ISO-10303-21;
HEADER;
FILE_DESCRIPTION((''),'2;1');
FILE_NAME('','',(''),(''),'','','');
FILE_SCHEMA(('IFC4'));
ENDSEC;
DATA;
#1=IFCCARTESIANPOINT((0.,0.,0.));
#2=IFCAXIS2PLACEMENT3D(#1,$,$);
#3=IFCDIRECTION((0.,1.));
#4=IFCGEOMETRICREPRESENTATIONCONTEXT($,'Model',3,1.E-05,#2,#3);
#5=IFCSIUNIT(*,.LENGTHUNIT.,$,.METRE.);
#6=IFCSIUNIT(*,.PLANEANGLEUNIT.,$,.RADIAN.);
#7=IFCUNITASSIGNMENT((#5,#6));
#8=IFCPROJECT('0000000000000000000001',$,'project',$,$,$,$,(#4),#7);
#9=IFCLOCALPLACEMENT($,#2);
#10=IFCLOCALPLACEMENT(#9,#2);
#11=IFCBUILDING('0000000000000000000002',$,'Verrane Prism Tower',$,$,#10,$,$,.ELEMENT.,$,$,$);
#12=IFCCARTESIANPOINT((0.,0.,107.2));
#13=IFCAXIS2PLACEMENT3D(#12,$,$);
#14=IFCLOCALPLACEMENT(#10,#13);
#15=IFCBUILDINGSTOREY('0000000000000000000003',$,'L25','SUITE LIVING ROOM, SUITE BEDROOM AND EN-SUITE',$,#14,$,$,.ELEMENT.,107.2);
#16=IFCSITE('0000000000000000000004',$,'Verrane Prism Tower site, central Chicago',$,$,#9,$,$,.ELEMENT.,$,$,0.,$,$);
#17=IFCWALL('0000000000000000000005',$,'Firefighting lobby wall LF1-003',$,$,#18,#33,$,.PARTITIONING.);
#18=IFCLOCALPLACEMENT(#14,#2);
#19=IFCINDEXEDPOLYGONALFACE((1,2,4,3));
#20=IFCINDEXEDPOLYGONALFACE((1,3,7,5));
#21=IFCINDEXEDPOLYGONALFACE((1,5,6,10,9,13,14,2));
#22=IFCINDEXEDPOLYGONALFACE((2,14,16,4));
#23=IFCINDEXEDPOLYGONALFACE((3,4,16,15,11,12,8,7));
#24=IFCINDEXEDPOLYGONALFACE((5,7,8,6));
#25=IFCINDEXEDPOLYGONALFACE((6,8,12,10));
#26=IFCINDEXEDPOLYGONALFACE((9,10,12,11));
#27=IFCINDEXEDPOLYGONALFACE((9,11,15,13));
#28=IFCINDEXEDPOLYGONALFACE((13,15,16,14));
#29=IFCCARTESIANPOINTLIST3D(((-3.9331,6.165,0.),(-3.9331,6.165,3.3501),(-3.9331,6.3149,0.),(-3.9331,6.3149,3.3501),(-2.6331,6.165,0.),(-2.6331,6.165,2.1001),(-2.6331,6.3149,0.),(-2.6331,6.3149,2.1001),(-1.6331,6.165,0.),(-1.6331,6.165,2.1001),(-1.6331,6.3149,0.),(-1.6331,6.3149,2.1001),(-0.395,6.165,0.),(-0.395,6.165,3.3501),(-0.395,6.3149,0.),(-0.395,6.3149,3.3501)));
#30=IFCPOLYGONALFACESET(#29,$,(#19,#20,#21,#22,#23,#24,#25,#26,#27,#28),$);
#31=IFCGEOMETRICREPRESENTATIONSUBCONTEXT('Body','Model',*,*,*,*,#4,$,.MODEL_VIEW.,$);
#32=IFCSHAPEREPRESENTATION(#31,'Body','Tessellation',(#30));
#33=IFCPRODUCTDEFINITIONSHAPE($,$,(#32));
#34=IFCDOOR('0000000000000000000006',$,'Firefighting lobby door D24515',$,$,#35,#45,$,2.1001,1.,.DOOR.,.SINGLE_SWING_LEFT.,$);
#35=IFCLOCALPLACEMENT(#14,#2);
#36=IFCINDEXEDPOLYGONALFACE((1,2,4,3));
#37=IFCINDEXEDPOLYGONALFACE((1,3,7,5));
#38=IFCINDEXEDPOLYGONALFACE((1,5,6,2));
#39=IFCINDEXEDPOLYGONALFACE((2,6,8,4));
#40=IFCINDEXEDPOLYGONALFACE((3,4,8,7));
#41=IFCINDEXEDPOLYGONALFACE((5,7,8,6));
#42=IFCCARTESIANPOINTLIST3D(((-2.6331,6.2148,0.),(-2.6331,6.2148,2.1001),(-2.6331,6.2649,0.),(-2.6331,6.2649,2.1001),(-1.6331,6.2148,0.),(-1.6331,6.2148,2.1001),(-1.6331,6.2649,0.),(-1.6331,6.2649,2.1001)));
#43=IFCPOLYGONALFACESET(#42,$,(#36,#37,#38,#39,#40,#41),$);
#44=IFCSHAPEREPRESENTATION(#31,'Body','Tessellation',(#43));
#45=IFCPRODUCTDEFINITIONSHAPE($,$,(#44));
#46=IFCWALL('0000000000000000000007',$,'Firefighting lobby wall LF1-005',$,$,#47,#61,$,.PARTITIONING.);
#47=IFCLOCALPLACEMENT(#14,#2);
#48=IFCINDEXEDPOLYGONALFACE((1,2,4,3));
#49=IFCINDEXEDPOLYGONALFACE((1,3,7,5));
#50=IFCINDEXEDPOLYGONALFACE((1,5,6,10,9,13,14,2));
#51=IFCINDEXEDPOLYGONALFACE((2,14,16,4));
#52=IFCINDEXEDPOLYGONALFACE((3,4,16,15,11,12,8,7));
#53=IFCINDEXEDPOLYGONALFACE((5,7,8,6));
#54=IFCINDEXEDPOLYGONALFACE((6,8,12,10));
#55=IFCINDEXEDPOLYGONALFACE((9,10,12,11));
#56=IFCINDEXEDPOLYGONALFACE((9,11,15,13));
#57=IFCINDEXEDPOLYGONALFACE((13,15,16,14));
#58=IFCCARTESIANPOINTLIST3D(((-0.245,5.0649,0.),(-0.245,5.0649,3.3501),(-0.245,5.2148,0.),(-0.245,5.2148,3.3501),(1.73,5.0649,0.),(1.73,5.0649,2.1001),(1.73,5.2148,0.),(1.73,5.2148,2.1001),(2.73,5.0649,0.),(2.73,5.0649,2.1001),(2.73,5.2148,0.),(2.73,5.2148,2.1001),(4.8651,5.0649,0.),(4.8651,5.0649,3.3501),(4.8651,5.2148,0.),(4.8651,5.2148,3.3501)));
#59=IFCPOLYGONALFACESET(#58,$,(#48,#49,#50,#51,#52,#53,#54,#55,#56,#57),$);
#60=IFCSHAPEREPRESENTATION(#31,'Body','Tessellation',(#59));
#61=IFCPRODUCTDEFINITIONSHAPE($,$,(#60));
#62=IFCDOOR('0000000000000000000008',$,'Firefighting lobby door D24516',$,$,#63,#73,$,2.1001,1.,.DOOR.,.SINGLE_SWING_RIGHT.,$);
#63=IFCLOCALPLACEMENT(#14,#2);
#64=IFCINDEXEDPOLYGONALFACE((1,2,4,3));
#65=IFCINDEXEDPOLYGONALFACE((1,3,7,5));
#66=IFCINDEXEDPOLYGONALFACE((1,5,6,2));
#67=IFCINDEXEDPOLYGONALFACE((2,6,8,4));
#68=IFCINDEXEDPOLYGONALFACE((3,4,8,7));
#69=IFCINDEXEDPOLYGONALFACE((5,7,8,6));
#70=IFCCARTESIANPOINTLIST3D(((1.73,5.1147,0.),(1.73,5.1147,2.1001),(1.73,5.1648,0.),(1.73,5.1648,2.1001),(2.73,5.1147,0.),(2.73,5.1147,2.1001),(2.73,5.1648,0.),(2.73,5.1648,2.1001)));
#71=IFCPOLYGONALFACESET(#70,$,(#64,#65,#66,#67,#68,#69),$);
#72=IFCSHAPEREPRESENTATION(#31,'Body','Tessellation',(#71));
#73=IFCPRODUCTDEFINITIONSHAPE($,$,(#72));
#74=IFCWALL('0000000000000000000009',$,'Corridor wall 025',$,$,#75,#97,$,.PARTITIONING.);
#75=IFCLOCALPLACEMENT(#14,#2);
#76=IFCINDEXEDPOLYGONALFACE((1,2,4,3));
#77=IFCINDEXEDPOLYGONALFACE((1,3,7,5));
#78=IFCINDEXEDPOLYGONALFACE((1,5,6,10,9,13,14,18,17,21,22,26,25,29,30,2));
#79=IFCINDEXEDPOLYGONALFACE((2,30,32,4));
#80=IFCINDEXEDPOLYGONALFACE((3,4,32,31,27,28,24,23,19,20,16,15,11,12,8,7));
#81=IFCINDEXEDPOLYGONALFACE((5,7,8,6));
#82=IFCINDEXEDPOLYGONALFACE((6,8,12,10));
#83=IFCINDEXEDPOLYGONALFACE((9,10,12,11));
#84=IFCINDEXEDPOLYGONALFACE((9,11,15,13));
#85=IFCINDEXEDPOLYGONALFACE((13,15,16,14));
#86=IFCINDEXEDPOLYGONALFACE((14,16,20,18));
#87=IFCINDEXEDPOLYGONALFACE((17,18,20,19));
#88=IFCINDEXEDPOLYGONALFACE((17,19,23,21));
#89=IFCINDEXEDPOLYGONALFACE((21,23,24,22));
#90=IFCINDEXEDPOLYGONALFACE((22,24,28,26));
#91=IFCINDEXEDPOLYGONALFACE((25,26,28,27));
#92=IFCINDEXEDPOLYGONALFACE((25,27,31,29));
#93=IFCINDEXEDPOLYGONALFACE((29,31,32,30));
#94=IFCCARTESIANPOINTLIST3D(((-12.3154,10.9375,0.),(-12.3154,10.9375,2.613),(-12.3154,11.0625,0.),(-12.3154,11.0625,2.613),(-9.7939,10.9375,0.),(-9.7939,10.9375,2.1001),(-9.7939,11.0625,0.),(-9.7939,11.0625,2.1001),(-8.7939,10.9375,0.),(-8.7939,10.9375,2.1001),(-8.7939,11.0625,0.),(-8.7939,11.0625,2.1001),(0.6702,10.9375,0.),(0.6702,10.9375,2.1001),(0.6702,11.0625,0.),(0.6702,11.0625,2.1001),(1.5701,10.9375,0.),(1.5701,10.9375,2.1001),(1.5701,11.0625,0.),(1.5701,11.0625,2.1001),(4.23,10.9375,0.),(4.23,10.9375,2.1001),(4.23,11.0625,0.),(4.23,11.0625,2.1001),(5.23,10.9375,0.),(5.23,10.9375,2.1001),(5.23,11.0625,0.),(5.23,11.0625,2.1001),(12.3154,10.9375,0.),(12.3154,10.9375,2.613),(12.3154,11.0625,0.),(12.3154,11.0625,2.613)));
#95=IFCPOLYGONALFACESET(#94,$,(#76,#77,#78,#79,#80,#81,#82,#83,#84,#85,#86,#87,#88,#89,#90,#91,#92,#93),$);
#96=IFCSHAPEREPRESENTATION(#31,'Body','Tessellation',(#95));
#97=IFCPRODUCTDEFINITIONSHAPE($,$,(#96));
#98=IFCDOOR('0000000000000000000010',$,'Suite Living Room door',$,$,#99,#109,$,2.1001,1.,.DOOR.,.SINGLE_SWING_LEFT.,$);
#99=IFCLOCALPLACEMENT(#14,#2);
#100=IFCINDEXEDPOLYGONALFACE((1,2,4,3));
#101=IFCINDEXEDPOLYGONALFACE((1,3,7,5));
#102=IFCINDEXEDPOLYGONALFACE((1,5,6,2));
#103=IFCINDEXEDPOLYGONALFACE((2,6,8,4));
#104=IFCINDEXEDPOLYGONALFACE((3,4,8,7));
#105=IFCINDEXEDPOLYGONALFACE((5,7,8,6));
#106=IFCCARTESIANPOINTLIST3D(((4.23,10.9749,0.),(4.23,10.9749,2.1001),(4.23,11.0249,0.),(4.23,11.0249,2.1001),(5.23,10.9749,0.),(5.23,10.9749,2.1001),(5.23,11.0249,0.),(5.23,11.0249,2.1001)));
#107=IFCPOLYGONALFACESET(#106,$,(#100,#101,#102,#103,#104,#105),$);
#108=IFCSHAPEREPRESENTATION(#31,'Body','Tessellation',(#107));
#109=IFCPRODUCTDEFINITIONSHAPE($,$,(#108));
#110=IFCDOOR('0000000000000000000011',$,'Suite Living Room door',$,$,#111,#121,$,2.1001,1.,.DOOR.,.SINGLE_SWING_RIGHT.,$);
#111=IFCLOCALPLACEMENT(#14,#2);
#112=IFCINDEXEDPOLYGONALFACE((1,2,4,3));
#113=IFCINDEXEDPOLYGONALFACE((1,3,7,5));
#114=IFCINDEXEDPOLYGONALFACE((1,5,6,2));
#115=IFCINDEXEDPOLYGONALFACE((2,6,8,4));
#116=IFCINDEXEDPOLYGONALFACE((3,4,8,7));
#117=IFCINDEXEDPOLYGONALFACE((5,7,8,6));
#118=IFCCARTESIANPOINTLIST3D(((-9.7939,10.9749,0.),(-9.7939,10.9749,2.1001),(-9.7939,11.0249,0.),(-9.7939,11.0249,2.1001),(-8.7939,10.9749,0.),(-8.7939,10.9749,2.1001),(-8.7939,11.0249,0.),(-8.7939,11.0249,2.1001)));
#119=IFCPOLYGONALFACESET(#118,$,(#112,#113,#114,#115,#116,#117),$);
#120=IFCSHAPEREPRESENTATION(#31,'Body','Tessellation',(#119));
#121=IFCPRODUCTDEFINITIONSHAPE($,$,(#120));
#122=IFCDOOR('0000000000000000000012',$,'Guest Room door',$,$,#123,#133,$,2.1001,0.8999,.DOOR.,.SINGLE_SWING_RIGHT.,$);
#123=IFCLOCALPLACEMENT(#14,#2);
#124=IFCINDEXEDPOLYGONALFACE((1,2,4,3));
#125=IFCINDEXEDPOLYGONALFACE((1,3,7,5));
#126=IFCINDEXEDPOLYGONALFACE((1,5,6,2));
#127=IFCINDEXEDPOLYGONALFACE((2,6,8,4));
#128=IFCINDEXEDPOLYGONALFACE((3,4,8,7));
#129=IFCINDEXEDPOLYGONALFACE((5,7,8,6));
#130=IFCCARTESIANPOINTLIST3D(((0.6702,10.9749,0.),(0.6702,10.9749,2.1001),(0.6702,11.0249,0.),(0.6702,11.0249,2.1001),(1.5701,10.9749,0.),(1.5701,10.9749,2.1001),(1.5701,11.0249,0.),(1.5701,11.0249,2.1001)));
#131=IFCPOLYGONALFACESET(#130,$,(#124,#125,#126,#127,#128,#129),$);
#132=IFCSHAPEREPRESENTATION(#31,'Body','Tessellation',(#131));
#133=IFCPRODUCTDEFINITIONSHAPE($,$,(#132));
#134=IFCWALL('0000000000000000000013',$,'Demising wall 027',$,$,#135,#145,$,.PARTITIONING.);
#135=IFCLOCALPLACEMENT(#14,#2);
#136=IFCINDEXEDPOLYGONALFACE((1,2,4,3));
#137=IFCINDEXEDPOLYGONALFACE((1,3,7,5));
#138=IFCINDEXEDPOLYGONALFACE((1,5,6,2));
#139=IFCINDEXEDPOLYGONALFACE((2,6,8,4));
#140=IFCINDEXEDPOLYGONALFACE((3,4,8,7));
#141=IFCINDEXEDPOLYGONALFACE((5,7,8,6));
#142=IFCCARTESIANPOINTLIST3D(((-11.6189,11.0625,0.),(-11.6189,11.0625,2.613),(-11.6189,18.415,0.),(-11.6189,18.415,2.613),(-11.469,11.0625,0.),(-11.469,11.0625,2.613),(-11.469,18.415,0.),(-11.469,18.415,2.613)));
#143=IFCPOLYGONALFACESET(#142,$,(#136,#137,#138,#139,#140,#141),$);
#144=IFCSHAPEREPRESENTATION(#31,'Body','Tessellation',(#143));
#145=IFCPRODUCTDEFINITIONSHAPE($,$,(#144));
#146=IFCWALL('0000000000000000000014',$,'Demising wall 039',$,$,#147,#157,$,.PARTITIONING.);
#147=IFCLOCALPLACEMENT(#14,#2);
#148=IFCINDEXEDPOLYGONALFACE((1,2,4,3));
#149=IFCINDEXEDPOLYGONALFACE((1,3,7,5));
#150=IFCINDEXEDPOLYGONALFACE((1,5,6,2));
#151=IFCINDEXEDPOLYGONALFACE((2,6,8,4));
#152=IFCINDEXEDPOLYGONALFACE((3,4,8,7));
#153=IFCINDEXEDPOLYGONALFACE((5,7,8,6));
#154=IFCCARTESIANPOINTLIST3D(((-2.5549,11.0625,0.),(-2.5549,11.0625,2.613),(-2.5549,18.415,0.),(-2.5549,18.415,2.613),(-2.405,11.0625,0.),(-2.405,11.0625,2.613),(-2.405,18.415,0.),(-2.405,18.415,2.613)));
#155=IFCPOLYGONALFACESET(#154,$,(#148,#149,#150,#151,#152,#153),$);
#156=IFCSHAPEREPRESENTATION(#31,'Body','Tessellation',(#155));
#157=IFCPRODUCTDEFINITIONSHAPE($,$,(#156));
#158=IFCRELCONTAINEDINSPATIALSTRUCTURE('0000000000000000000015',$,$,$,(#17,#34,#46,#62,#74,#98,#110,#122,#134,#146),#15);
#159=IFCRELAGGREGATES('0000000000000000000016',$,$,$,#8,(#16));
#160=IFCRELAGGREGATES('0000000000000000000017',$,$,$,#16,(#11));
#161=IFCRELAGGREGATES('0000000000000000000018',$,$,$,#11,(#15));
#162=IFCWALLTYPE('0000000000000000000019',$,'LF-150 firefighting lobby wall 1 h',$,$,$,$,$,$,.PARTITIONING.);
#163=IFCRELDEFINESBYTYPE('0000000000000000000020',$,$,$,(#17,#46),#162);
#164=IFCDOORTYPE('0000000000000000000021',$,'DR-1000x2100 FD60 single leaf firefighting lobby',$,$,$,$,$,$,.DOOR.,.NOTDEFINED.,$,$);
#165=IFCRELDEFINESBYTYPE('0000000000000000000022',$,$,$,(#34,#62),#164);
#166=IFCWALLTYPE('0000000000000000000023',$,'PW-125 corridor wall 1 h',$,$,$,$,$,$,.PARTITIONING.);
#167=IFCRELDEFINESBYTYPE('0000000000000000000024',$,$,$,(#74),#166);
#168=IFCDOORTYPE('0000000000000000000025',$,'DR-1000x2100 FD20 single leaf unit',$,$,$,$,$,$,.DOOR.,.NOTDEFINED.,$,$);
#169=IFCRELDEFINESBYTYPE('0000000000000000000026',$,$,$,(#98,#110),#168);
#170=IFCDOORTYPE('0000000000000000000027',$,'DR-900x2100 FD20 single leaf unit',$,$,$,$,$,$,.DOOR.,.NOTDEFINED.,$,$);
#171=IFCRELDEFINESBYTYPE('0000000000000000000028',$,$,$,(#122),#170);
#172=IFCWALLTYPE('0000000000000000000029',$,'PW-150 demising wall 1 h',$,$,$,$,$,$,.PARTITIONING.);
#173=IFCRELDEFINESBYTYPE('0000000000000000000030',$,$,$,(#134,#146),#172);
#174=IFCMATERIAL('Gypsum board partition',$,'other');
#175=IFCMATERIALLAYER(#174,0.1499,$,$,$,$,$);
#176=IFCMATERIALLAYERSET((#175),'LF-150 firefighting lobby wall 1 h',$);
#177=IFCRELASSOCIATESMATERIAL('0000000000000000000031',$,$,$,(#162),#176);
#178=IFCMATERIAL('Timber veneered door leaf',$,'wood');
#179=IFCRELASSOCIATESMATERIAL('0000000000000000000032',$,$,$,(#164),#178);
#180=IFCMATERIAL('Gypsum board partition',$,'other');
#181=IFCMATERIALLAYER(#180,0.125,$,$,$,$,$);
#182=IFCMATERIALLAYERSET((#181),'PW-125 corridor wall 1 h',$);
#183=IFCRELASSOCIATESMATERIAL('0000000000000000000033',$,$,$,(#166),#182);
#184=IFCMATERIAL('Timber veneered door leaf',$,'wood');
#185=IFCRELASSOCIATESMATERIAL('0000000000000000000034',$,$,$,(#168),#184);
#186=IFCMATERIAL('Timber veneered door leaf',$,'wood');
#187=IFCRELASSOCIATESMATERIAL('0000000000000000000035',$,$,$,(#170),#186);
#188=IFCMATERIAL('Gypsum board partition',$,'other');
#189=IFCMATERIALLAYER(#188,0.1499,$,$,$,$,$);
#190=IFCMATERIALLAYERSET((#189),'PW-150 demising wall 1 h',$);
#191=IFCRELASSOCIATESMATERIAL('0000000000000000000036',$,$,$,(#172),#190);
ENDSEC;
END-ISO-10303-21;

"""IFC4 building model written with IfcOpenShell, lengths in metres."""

from ifc_helpers import new_model, si_unit, direction, frame, frame_2d, origin, place, context, subcontext, project, spatial, rectangle, extrude, material, layer, layer_set, type_object, element, fill, save


model = new_model("IFC4")

# Units and contexts
model_context = context("Model", 3, precision=1e-05, world=origin(), true_north=direction((0.0, 1.0)))
body_context = subcontext(model_context, "Body", "Model", "MODEL_VIEW")
ifc_project = project(units=[si_unit("LENGTHUNIT", "METRE"), si_unit("PLANEANGLEUNIT", "RADIAN")], contexts=[model_context])

# Site, building, storey
site_placement = place(None, origin())
site = spatial("IfcSite", under=ifc_project, at=site_placement, Name="Verrane Prism Tower site, central Chicago", CompositionType="ELEMENT", RefElevation=0.0)
building_placement = place(site_placement, origin())
building = spatial("IfcBuilding", under=site, at=building_placement, Name="Verrane Prism Tower", CompositionType="ELEMENT")
storey_placement = place(building_placement, frame((0.0, 0.0, 107.2)))
storey = spatial("IfcBuildingStorey", under=building, at=storey_placement, Name="L25", Description="SUITE LIVING ROOM, SUITE BEDROOM AND EN-SUITE", CompositionType="ELEMENT", Elevation=107.2)

# Walls, openings, doors
ifc_material_1 = material(Name="Gypsum board partition", Category="other")
ifc_layer_1 = layer(ifc_material_1, 0.1499)
ifc_layer_set_1 = layer_set([ifc_layer_1], Name="LF-150 firefighting lobby wall 1 h")
wall_type_1 = type_object("IfcWallType", Name="LF-150 firefighting lobby wall 1 h", PredefinedType="PARTITIONING", material=ifc_layer_set_1)
wall_1_placement = place(storey_placement, frame((-3.9331, 6.24, 0.0), z_axis=(0.0, 0.0, 1.0), x_axis=(1.0, 0.0, 0.0)))
wall_1 = element("IfcWall", 1, at=wall_1_placement, inside=storey, type_object=wall_type_1, Name="Firefighting lobby wall LF1-003", PredefinedType="PARTITIONING", context=body_context, shape_type="SweptSolid", body=[
    extrude(rectangle(XDim=3.5381, YDim=0.1499, at=frame_2d((1.769, 0.0))), origin(), (0.0, 0.0, 1.0), 3.3501),
])
opening_1_placement = place(wall_1_placement, frame((1.3, 0.0, 0.0)))
opening_1 = element("IfcOpeningElement", 2, at=opening_1_placement, cuts=wall_1, PredefinedType="OPENING", context=body_context, shape_type="SweptSolid", body=[
    extrude(rectangle(XDim=1.0, YDim=2.1001, at=frame_2d((0.5, 1.05))), frame((0.0, 0.085, 0.0), z_axis=(0.0, -1.0, 0.0), x_axis=(1.0, 0.0, 0.0)), (0.0, 0.0, 1.0), 0.1699),
])
ifc_material_2 = material(Name="Timber veneered door leaf", Category="wood")
door_type_1 = type_object("IfcDoorType", Name="DR-1000x2100 FD60 single leaf firefighting lobby", OperationType="NOTDEFINED", PredefinedType="DOOR", material=ifc_material_2)
door_1_placement = place(opening_1_placement, origin())
door_1 = element("IfcDoor", 3, at=door_1_placement, inside=storey, type_object=door_type_1, Name="Firefighting lobby door D24515", OperationType="SINGLE_SWING_LEFT", OverallHeight=2.1001, OverallWidth=1.0, PredefinedType="DOOR", context=body_context, shape_type="SweptSolid", body=[
    extrude(rectangle(XDim=1.0, YDim=2.1001, at=frame_2d((0.5, 1.05))), frame((0.0, 0.0249, 0.0), z_axis=(0.0, -1.0, 0.0), x_axis=(1.0, 0.0, 0.0)), (0.0, 0.0, 1.0), 0.05),
])
fill(opening_1, door_1)
wall_2_placement = place(storey_placement, frame((-0.2451, 5.1399, 0.0), z_axis=(0.0, 0.0, 1.0), x_axis=(1.0, 0.0, 0.0)))
wall_2 = element("IfcWall", 4, at=wall_2_placement, inside=storey, type_object=wall_type_1, Name="Firefighting lobby wall LF1-005", PredefinedType="PARTITIONING", context=body_context, shape_type="SweptSolid", body=[
    extrude(rectangle(XDim=5.1101, YDim=0.1499, at=frame_2d((2.5552, 0.0))), origin(), (0.0, 0.0, 1.0), 3.3501),
])
opening_2_placement = place(wall_2_placement, frame((1.9751, 0.0, 0.0)))
opening_2 = element("IfcOpeningElement", 5, at=opening_2_placement, cuts=wall_2, PredefinedType="OPENING", context=body_context, shape_type="SweptSolid", body=[
    extrude(rectangle(XDim=1.0, YDim=2.1001, at=frame_2d((0.5, 1.05))), frame((0.0, 0.085, 0.0), z_axis=(0.0, -1.0, 0.0), x_axis=(1.0, 0.0, 0.0)), (0.0, 0.0, 1.0), 0.1699),
])
door_2_placement = place(opening_2_placement, origin())
door_2 = element("IfcDoor", 6, at=door_2_placement, inside=storey, type_object=door_type_1, Name="Firefighting lobby door D24516", OperationType="SINGLE_SWING_RIGHT", OverallHeight=2.1001, OverallWidth=1.0, PredefinedType="DOOR", context=body_context, shape_type="SweptSolid", body=[
    extrude(rectangle(XDim=1.0, YDim=2.1001, at=frame_2d((0.5, 1.05))), frame((0.0, 0.0249, 0.0), z_axis=(0.0, -1.0, 0.0), x_axis=(1.0, 0.0, 0.0)), (0.0, 0.0, 1.0), 0.05),
])
fill(opening_2, door_2)

# Wall, openings, doors
ifc_material_3 = material(Name="Gypsum board partition", Category="other")
ifc_layer_2 = layer(ifc_material_3, 0.125)
ifc_layer_set_2 = layer_set([ifc_layer_2], Name="PW-125 corridor wall 1 h")
wall_type_2 = type_object("IfcWallType", Name="PW-125 corridor wall 1 h", PredefinedType="PARTITIONING", material=ifc_layer_set_2)
wall_3_placement = place(storey_placement, frame((-12.3154, 11.0, 0.0), z_axis=(0.0, 0.0, 1.0), x_axis=(1.0, 0.0, 0.0)))
wall_3 = element("IfcWall", 7, at=wall_3_placement, inside=storey, type_object=wall_type_2, Name="Corridor wall 025", PredefinedType="PARTITIONING", context=body_context, shape_type="SweptSolid", body=[
    extrude(rectangle(XDim=24.6309, YDim=0.125, at=frame_2d((12.3154, 0.0))), origin(), (0.0, 0.0, 1.0), 2.613),
])
opening_3_placement = place(wall_3_placement, frame((16.5454, 0.0, 0.0)))
opening_3 = element("IfcOpeningElement", 8, at=opening_3_placement, cuts=wall_3, PredefinedType="OPENING", context=body_context, shape_type="SweptSolid", body=[
    extrude(rectangle(XDim=1.0, YDim=2.1001, at=frame_2d((0.5, 1.05))), frame((0.0, 0.0725, 0.0), z_axis=(0.0, -1.0, 0.0), x_axis=(1.0, 0.0, 0.0)), (0.0, 0.0, 1.0), 0.145),
])
opening_4_placement = place(wall_3_placement, frame((12.9856, 0.0, 0.0)))
opening_4 = element("IfcOpeningElement", 9, at=opening_4_placement, cuts=wall_3, PredefinedType="OPENING", context=body_context, shape_type="SweptSolid", body=[
    extrude(rectangle(XDim=0.8999, YDim=2.1001, at=frame_2d((0.45, 1.05))), frame((0.0, 0.0725, 0.0), z_axis=(0.0, -1.0, 0.0), x_axis=(1.0, 0.0, 0.0)), (0.0, 0.0, 1.0), 0.145),
])
opening_5_placement = place(wall_3_placement, frame((2.5215, 0.0, 0.0)))
opening_5 = element("IfcOpeningElement", 10, at=opening_5_placement, cuts=wall_3, PredefinedType="OPENING", context=body_context, shape_type="SweptSolid", body=[
    extrude(rectangle(XDim=1.0, YDim=2.1001, at=frame_2d((0.5, 1.05))), frame((0.0, 0.0725, 0.0), z_axis=(0.0, -1.0, 0.0), x_axis=(1.0, 0.0, 0.0)), (0.0, 0.0, 1.0), 0.145),
])
ifc_material_4 = material(Name="Timber veneered door leaf", Category="wood")
door_type_2 = type_object("IfcDoorType", Name="DR-1000x2100 FD20 single leaf unit", OperationType="NOTDEFINED", PredefinedType="DOOR", material=ifc_material_4)
door_3_placement = place(opening_3_placement, origin())
door_3 = element("IfcDoor", 11, at=door_3_placement, inside=storey, type_object=door_type_2, Name="Suite Living Room door", OperationType="SINGLE_SWING_LEFT", OverallHeight=2.1001, OverallWidth=1.0, PredefinedType="DOOR", context=body_context, shape_type="SweptSolid", body=[
    extrude(rectangle(XDim=1.0, YDim=2.1001, at=frame_2d((0.5, 1.05))), frame((0.0, 0.0249, 0.0), z_axis=(0.0, -1.0, 0.0), x_axis=(1.0, 0.0, 0.0)), (0.0, 0.0, 1.0), 0.05),
])
fill(opening_3, door_3)
door_4_placement = place(opening_5_placement, origin())
door_4 = element("IfcDoor", 12, at=door_4_placement, inside=storey, type_object=door_type_2, Name="Suite Living Room door", OperationType="SINGLE_SWING_RIGHT", OverallHeight=2.1001, OverallWidth=1.0, PredefinedType="DOOR", context=body_context, shape_type="SweptSolid", body=[
    extrude(rectangle(XDim=1.0, YDim=2.1001, at=frame_2d((0.5, 1.05))), frame((0.0, 0.0249, 0.0), z_axis=(0.0, -1.0, 0.0), x_axis=(1.0, 0.0, 0.0)), (0.0, 0.0, 1.0), 0.05),
])
fill(opening_5, door_4)
ifc_material_5 = material(Name="Timber veneered door leaf", Category="wood")
door_type_3 = type_object("IfcDoorType", Name="DR-900x2100 FD20 single leaf unit", OperationType="NOTDEFINED", PredefinedType="DOOR", material=ifc_material_5)
door_5_placement = place(opening_4_placement, origin())
door_5 = element("IfcDoor", 13, at=door_5_placement, inside=storey, type_object=door_type_3, Name="Guest Room door", OperationType="SINGLE_SWING_RIGHT", OverallHeight=2.1001, OverallWidth=0.8999, PredefinedType="DOOR", context=body_context, shape_type="SweptSolid", body=[
    extrude(rectangle(XDim=0.8999, YDim=2.1001, at=frame_2d((0.45, 1.05))), frame((0.0, 0.0249, 0.0), z_axis=(0.0, -1.0, 0.0), x_axis=(1.0, 0.0, 0.0)), (0.0, 0.0, 1.0), 0.05),
])
fill(opening_4, door_5)

# Walls
ifc_material_6 = material(Name="Gypsum board partition", Category="other")
ifc_layer_3 = layer(ifc_material_6, 0.1499)
ifc_layer_set_3 = layer_set([ifc_layer_3], Name="PW-150 demising wall 1 h")
wall_type_3 = type_object("IfcWallType", Name="PW-150 demising wall 1 h", PredefinedType="PARTITIONING", material=ifc_layer_set_3)
for number, where, z_axis, x_axis, name in (
    (14, (-11.5439, 11.0625, 0.0), (0.0, 0.0, 1.0), (0.0, 1.0, 0.0), "Demising wall 027"),
    (15, (-2.48, 11.0625, 0.0), (0.0, 0.0, 1.0), (0.0, 1.0, 0.0), "Demising wall 039"),
):
    element("IfcWall", number, at=place(storey_placement, frame(where, z_axis=z_axis, x_axis=x_axis)), inside=storey, type_object=wall_type_3, Name=name, PredefinedType="PARTITIONING", context=body_context, shape_type="SweptSolid", body=[
        extrude(rectangle(XDim=7.3525, YDim=0.1499, at=frame_2d((3.6763, 0.0))), origin(), (0.0, 0.0, 1.0), 2.613),
    ])

save(model, "model.ifc")
